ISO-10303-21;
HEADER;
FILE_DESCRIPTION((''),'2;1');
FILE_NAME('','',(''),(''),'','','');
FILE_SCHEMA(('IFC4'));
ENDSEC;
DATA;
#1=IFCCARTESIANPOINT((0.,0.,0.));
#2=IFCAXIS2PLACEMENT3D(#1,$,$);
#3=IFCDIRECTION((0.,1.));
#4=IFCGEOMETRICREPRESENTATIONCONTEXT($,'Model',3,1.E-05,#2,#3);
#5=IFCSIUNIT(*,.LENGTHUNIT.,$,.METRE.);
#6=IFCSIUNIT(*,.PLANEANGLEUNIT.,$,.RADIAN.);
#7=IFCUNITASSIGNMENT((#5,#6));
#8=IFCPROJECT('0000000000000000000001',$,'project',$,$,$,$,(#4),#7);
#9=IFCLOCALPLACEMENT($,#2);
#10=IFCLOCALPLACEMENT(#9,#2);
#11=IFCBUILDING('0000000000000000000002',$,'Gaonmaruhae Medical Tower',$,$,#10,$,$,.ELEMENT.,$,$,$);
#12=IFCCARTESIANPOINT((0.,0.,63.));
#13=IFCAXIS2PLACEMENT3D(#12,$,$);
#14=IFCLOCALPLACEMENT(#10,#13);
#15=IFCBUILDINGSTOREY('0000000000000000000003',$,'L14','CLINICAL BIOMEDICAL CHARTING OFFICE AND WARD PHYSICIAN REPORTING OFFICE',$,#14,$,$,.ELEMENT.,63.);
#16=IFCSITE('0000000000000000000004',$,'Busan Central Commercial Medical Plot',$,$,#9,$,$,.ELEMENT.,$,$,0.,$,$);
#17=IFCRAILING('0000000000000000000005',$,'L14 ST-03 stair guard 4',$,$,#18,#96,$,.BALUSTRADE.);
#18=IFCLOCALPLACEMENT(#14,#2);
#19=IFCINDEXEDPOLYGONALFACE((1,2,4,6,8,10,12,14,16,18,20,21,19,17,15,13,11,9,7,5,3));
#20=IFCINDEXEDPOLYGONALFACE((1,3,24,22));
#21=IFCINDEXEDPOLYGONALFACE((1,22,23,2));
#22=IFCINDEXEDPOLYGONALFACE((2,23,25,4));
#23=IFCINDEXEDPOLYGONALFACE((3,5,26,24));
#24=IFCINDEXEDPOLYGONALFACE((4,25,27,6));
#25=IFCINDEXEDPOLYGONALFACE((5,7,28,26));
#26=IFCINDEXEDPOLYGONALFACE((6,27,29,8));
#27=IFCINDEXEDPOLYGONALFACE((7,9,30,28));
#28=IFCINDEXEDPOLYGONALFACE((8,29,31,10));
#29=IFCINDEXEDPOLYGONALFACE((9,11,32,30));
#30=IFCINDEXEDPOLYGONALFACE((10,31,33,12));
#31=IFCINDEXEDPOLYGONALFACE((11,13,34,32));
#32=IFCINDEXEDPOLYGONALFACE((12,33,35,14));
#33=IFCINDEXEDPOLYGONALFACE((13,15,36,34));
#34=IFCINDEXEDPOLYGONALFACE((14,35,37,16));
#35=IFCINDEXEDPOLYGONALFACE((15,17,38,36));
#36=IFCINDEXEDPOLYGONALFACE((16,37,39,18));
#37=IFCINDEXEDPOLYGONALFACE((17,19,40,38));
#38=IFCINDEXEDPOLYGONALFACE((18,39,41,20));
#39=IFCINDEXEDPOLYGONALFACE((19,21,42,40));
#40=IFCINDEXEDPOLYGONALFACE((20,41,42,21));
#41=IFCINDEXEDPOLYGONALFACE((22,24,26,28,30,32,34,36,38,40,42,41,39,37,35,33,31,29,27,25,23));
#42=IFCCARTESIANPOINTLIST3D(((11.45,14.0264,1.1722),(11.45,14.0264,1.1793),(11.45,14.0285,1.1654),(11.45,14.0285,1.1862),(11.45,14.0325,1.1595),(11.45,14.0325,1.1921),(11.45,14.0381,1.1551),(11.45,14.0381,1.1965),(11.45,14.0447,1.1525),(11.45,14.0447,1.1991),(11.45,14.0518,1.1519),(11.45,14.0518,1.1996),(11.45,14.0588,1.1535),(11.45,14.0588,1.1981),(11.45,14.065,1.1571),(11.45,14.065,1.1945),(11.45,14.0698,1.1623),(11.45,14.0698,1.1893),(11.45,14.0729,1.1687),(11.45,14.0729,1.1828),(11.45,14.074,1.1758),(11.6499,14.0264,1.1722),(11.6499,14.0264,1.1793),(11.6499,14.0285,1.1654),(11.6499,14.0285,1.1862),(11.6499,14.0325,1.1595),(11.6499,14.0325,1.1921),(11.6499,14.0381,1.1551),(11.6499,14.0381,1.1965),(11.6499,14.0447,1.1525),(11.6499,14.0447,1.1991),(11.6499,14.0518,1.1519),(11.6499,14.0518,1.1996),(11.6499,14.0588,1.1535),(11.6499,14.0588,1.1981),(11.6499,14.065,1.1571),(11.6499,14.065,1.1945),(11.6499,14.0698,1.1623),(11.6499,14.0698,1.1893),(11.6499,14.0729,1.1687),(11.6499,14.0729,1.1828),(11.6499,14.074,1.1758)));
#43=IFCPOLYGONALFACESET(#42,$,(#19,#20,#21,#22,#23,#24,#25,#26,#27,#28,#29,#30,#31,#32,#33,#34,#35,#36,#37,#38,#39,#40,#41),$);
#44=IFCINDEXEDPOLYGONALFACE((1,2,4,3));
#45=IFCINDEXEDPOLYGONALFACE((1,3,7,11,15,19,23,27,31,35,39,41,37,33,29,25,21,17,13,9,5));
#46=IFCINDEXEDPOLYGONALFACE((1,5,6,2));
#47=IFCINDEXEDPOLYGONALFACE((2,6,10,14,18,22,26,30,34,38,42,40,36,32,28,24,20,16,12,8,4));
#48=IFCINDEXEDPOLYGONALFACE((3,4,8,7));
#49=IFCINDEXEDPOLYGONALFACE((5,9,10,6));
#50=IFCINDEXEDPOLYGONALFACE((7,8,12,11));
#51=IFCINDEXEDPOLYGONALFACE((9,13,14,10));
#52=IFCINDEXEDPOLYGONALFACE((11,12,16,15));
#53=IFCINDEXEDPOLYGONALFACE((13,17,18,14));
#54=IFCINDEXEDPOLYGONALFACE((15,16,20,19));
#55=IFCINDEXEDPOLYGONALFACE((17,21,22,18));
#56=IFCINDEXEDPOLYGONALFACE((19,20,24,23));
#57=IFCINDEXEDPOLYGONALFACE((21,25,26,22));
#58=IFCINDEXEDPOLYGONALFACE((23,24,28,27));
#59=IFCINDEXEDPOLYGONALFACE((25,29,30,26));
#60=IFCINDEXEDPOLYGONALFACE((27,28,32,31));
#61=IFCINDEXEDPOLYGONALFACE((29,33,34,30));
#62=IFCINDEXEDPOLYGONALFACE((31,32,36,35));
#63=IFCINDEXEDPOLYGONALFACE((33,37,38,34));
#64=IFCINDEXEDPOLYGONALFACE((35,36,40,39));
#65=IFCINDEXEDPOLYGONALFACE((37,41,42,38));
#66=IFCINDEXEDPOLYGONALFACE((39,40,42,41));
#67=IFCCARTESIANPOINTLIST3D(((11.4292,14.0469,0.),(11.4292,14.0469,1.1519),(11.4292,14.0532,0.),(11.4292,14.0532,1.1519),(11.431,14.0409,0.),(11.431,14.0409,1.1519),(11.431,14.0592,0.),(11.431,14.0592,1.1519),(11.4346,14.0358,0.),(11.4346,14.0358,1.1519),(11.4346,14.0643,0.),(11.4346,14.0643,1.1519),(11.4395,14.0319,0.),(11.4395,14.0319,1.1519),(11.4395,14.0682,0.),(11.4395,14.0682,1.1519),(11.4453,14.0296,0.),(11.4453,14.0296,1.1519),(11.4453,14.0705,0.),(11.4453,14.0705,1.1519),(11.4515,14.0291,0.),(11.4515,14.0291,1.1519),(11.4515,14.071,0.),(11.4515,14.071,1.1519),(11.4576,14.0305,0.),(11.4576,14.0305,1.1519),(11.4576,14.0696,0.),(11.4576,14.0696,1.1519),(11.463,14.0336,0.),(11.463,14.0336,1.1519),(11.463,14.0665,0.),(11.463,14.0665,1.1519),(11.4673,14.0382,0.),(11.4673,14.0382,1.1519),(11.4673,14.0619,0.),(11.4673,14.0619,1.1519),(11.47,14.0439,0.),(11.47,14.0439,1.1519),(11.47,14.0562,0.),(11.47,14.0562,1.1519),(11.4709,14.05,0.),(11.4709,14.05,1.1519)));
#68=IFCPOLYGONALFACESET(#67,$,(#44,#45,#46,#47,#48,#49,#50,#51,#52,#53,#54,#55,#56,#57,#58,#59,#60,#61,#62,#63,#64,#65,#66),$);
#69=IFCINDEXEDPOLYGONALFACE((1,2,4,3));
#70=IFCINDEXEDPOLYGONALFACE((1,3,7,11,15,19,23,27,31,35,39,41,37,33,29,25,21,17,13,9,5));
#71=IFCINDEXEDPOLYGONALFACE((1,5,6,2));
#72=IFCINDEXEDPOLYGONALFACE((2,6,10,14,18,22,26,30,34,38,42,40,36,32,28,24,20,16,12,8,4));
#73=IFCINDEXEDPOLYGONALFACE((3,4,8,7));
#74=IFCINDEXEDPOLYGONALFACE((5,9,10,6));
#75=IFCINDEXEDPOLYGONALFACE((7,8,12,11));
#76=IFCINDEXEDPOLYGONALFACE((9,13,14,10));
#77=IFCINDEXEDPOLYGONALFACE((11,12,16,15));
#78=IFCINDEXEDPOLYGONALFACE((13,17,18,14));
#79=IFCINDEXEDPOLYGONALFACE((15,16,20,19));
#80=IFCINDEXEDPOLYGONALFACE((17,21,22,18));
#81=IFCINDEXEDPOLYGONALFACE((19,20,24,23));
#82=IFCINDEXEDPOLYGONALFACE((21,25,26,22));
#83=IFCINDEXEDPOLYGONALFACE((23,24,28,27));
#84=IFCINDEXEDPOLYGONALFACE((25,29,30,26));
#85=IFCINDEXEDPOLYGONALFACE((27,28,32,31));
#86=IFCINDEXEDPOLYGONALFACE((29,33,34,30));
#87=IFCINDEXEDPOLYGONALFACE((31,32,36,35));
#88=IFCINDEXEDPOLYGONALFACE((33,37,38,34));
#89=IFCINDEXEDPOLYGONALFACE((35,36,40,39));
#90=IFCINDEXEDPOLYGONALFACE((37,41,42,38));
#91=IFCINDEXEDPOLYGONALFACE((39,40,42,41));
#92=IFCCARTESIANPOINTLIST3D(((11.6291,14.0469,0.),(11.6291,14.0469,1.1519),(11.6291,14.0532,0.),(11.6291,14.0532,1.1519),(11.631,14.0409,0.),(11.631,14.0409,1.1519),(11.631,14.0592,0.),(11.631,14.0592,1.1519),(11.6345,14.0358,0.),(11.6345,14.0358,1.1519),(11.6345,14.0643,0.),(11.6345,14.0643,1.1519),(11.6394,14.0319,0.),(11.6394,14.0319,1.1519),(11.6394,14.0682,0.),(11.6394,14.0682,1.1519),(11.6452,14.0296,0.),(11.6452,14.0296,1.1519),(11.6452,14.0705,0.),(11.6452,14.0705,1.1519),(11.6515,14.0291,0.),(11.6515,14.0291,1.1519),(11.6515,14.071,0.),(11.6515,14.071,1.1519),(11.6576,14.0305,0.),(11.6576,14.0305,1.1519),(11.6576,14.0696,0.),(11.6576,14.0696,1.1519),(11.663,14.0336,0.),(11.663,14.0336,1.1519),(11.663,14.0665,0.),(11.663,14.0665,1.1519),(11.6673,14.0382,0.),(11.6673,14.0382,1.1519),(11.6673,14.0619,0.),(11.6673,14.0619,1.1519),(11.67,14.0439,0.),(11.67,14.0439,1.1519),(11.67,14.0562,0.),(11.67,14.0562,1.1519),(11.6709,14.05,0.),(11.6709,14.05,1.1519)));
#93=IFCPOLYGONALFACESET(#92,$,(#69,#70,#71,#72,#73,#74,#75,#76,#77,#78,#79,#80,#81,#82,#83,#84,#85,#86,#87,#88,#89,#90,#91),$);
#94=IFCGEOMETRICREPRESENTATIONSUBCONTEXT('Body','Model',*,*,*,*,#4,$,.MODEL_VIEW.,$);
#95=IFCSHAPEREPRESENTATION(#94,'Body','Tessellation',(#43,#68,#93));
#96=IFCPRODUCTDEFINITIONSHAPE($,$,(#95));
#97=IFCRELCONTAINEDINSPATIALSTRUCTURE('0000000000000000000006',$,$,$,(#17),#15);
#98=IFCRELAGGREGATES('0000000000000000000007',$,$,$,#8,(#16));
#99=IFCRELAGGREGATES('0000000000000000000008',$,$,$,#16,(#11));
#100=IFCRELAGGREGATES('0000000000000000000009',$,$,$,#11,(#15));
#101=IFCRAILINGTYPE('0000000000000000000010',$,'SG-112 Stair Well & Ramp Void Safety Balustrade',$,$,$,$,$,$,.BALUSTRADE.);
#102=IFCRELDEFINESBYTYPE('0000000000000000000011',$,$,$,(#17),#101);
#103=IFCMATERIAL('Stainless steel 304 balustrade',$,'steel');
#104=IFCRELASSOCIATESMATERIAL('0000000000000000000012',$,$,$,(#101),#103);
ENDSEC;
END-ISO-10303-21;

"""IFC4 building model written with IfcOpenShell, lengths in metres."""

from ifc_helpers import new_model, si_unit, direction, frame, origin, origin_2d, place, context, subcontext, project, spatial, circle, extrude, material, type_object, element, save


model = new_model("IFC4")

# Units and contexts
model_context = context("Model", 3, precision=1e-05, world=origin(), true_north=direction((0.0, 1.0)))
body_context = subcontext(model_context, "Body", "Model", "MODEL_VIEW")
ifc_project = project(units=[si_unit("LENGTHUNIT", "METRE"), si_unit("PLANEANGLEUNIT", "RADIAN")], contexts=[model_context])

# Site, building, storey
site_placement = place(None, origin())
site = spatial("IfcSite", under=ifc_project, at=site_placement, Name="Busan Central Commercial Medical Plot", CompositionType="ELEMENT", RefElevation=0.0)
building_placement = place(site_placement, origin())
building = spatial("IfcBuilding", under=site, at=building_placement, Name="Gaonmaruhae Medical Tower", CompositionType="ELEMENT")
storey_placement = place(building_placement, frame((0.0, 0.0, 63.0)))
storey = spatial("IfcBuildingStorey", under=building, at=storey_placement, Name="L14", Description="CLINICAL BIOMEDICAL CHARTING OFFICE AND WARD PHYSICIAN REPORTING OFFICE", CompositionType="ELEMENT", Elevation=63.0)

# Railing
ifc_material_1 = material(Name="Stainless steel 304 balustrade", Category="steel")
railing_type_1 = type_object("IfcRailingType", Name="SG-112 Stair Well & Ramp Void Safety Balustrade", PredefinedType="BALUSTRADE", material=ifc_material_1)
railing_1_placement = place(storey_placement, frame((11.45, 14.05, 0.0)))
element("IfcRailing", 1, at=railing_1_placement, inside=storey, type_object=railing_type_1, Name="L14 ST-03 stair guard 4", PredefinedType="BALUSTRADE", context=body_context, shape_type="SweptSolid", body=[
    extrude(circle(Radius=0.0239, at=origin_2d()), frame((0.0, 0.0, 1.1758), z_axis=(1.0, 0.0, 0.0), x_axis=(0.0, 1.0, 0.0)), (0.0, 0.0, 1.0), 0.2),
    extrude(circle(Radius=0.021, at=origin_2d()), origin(), (0.0, 0.0, 1.0), 1.1519),
    extrude(circle(Radius=0.021, at=origin_2d()), frame((0.2, 0.0, 0.0)), (0.0, 0.0, 1.0), 1.1519),
])

save(model, "model.ifc")
